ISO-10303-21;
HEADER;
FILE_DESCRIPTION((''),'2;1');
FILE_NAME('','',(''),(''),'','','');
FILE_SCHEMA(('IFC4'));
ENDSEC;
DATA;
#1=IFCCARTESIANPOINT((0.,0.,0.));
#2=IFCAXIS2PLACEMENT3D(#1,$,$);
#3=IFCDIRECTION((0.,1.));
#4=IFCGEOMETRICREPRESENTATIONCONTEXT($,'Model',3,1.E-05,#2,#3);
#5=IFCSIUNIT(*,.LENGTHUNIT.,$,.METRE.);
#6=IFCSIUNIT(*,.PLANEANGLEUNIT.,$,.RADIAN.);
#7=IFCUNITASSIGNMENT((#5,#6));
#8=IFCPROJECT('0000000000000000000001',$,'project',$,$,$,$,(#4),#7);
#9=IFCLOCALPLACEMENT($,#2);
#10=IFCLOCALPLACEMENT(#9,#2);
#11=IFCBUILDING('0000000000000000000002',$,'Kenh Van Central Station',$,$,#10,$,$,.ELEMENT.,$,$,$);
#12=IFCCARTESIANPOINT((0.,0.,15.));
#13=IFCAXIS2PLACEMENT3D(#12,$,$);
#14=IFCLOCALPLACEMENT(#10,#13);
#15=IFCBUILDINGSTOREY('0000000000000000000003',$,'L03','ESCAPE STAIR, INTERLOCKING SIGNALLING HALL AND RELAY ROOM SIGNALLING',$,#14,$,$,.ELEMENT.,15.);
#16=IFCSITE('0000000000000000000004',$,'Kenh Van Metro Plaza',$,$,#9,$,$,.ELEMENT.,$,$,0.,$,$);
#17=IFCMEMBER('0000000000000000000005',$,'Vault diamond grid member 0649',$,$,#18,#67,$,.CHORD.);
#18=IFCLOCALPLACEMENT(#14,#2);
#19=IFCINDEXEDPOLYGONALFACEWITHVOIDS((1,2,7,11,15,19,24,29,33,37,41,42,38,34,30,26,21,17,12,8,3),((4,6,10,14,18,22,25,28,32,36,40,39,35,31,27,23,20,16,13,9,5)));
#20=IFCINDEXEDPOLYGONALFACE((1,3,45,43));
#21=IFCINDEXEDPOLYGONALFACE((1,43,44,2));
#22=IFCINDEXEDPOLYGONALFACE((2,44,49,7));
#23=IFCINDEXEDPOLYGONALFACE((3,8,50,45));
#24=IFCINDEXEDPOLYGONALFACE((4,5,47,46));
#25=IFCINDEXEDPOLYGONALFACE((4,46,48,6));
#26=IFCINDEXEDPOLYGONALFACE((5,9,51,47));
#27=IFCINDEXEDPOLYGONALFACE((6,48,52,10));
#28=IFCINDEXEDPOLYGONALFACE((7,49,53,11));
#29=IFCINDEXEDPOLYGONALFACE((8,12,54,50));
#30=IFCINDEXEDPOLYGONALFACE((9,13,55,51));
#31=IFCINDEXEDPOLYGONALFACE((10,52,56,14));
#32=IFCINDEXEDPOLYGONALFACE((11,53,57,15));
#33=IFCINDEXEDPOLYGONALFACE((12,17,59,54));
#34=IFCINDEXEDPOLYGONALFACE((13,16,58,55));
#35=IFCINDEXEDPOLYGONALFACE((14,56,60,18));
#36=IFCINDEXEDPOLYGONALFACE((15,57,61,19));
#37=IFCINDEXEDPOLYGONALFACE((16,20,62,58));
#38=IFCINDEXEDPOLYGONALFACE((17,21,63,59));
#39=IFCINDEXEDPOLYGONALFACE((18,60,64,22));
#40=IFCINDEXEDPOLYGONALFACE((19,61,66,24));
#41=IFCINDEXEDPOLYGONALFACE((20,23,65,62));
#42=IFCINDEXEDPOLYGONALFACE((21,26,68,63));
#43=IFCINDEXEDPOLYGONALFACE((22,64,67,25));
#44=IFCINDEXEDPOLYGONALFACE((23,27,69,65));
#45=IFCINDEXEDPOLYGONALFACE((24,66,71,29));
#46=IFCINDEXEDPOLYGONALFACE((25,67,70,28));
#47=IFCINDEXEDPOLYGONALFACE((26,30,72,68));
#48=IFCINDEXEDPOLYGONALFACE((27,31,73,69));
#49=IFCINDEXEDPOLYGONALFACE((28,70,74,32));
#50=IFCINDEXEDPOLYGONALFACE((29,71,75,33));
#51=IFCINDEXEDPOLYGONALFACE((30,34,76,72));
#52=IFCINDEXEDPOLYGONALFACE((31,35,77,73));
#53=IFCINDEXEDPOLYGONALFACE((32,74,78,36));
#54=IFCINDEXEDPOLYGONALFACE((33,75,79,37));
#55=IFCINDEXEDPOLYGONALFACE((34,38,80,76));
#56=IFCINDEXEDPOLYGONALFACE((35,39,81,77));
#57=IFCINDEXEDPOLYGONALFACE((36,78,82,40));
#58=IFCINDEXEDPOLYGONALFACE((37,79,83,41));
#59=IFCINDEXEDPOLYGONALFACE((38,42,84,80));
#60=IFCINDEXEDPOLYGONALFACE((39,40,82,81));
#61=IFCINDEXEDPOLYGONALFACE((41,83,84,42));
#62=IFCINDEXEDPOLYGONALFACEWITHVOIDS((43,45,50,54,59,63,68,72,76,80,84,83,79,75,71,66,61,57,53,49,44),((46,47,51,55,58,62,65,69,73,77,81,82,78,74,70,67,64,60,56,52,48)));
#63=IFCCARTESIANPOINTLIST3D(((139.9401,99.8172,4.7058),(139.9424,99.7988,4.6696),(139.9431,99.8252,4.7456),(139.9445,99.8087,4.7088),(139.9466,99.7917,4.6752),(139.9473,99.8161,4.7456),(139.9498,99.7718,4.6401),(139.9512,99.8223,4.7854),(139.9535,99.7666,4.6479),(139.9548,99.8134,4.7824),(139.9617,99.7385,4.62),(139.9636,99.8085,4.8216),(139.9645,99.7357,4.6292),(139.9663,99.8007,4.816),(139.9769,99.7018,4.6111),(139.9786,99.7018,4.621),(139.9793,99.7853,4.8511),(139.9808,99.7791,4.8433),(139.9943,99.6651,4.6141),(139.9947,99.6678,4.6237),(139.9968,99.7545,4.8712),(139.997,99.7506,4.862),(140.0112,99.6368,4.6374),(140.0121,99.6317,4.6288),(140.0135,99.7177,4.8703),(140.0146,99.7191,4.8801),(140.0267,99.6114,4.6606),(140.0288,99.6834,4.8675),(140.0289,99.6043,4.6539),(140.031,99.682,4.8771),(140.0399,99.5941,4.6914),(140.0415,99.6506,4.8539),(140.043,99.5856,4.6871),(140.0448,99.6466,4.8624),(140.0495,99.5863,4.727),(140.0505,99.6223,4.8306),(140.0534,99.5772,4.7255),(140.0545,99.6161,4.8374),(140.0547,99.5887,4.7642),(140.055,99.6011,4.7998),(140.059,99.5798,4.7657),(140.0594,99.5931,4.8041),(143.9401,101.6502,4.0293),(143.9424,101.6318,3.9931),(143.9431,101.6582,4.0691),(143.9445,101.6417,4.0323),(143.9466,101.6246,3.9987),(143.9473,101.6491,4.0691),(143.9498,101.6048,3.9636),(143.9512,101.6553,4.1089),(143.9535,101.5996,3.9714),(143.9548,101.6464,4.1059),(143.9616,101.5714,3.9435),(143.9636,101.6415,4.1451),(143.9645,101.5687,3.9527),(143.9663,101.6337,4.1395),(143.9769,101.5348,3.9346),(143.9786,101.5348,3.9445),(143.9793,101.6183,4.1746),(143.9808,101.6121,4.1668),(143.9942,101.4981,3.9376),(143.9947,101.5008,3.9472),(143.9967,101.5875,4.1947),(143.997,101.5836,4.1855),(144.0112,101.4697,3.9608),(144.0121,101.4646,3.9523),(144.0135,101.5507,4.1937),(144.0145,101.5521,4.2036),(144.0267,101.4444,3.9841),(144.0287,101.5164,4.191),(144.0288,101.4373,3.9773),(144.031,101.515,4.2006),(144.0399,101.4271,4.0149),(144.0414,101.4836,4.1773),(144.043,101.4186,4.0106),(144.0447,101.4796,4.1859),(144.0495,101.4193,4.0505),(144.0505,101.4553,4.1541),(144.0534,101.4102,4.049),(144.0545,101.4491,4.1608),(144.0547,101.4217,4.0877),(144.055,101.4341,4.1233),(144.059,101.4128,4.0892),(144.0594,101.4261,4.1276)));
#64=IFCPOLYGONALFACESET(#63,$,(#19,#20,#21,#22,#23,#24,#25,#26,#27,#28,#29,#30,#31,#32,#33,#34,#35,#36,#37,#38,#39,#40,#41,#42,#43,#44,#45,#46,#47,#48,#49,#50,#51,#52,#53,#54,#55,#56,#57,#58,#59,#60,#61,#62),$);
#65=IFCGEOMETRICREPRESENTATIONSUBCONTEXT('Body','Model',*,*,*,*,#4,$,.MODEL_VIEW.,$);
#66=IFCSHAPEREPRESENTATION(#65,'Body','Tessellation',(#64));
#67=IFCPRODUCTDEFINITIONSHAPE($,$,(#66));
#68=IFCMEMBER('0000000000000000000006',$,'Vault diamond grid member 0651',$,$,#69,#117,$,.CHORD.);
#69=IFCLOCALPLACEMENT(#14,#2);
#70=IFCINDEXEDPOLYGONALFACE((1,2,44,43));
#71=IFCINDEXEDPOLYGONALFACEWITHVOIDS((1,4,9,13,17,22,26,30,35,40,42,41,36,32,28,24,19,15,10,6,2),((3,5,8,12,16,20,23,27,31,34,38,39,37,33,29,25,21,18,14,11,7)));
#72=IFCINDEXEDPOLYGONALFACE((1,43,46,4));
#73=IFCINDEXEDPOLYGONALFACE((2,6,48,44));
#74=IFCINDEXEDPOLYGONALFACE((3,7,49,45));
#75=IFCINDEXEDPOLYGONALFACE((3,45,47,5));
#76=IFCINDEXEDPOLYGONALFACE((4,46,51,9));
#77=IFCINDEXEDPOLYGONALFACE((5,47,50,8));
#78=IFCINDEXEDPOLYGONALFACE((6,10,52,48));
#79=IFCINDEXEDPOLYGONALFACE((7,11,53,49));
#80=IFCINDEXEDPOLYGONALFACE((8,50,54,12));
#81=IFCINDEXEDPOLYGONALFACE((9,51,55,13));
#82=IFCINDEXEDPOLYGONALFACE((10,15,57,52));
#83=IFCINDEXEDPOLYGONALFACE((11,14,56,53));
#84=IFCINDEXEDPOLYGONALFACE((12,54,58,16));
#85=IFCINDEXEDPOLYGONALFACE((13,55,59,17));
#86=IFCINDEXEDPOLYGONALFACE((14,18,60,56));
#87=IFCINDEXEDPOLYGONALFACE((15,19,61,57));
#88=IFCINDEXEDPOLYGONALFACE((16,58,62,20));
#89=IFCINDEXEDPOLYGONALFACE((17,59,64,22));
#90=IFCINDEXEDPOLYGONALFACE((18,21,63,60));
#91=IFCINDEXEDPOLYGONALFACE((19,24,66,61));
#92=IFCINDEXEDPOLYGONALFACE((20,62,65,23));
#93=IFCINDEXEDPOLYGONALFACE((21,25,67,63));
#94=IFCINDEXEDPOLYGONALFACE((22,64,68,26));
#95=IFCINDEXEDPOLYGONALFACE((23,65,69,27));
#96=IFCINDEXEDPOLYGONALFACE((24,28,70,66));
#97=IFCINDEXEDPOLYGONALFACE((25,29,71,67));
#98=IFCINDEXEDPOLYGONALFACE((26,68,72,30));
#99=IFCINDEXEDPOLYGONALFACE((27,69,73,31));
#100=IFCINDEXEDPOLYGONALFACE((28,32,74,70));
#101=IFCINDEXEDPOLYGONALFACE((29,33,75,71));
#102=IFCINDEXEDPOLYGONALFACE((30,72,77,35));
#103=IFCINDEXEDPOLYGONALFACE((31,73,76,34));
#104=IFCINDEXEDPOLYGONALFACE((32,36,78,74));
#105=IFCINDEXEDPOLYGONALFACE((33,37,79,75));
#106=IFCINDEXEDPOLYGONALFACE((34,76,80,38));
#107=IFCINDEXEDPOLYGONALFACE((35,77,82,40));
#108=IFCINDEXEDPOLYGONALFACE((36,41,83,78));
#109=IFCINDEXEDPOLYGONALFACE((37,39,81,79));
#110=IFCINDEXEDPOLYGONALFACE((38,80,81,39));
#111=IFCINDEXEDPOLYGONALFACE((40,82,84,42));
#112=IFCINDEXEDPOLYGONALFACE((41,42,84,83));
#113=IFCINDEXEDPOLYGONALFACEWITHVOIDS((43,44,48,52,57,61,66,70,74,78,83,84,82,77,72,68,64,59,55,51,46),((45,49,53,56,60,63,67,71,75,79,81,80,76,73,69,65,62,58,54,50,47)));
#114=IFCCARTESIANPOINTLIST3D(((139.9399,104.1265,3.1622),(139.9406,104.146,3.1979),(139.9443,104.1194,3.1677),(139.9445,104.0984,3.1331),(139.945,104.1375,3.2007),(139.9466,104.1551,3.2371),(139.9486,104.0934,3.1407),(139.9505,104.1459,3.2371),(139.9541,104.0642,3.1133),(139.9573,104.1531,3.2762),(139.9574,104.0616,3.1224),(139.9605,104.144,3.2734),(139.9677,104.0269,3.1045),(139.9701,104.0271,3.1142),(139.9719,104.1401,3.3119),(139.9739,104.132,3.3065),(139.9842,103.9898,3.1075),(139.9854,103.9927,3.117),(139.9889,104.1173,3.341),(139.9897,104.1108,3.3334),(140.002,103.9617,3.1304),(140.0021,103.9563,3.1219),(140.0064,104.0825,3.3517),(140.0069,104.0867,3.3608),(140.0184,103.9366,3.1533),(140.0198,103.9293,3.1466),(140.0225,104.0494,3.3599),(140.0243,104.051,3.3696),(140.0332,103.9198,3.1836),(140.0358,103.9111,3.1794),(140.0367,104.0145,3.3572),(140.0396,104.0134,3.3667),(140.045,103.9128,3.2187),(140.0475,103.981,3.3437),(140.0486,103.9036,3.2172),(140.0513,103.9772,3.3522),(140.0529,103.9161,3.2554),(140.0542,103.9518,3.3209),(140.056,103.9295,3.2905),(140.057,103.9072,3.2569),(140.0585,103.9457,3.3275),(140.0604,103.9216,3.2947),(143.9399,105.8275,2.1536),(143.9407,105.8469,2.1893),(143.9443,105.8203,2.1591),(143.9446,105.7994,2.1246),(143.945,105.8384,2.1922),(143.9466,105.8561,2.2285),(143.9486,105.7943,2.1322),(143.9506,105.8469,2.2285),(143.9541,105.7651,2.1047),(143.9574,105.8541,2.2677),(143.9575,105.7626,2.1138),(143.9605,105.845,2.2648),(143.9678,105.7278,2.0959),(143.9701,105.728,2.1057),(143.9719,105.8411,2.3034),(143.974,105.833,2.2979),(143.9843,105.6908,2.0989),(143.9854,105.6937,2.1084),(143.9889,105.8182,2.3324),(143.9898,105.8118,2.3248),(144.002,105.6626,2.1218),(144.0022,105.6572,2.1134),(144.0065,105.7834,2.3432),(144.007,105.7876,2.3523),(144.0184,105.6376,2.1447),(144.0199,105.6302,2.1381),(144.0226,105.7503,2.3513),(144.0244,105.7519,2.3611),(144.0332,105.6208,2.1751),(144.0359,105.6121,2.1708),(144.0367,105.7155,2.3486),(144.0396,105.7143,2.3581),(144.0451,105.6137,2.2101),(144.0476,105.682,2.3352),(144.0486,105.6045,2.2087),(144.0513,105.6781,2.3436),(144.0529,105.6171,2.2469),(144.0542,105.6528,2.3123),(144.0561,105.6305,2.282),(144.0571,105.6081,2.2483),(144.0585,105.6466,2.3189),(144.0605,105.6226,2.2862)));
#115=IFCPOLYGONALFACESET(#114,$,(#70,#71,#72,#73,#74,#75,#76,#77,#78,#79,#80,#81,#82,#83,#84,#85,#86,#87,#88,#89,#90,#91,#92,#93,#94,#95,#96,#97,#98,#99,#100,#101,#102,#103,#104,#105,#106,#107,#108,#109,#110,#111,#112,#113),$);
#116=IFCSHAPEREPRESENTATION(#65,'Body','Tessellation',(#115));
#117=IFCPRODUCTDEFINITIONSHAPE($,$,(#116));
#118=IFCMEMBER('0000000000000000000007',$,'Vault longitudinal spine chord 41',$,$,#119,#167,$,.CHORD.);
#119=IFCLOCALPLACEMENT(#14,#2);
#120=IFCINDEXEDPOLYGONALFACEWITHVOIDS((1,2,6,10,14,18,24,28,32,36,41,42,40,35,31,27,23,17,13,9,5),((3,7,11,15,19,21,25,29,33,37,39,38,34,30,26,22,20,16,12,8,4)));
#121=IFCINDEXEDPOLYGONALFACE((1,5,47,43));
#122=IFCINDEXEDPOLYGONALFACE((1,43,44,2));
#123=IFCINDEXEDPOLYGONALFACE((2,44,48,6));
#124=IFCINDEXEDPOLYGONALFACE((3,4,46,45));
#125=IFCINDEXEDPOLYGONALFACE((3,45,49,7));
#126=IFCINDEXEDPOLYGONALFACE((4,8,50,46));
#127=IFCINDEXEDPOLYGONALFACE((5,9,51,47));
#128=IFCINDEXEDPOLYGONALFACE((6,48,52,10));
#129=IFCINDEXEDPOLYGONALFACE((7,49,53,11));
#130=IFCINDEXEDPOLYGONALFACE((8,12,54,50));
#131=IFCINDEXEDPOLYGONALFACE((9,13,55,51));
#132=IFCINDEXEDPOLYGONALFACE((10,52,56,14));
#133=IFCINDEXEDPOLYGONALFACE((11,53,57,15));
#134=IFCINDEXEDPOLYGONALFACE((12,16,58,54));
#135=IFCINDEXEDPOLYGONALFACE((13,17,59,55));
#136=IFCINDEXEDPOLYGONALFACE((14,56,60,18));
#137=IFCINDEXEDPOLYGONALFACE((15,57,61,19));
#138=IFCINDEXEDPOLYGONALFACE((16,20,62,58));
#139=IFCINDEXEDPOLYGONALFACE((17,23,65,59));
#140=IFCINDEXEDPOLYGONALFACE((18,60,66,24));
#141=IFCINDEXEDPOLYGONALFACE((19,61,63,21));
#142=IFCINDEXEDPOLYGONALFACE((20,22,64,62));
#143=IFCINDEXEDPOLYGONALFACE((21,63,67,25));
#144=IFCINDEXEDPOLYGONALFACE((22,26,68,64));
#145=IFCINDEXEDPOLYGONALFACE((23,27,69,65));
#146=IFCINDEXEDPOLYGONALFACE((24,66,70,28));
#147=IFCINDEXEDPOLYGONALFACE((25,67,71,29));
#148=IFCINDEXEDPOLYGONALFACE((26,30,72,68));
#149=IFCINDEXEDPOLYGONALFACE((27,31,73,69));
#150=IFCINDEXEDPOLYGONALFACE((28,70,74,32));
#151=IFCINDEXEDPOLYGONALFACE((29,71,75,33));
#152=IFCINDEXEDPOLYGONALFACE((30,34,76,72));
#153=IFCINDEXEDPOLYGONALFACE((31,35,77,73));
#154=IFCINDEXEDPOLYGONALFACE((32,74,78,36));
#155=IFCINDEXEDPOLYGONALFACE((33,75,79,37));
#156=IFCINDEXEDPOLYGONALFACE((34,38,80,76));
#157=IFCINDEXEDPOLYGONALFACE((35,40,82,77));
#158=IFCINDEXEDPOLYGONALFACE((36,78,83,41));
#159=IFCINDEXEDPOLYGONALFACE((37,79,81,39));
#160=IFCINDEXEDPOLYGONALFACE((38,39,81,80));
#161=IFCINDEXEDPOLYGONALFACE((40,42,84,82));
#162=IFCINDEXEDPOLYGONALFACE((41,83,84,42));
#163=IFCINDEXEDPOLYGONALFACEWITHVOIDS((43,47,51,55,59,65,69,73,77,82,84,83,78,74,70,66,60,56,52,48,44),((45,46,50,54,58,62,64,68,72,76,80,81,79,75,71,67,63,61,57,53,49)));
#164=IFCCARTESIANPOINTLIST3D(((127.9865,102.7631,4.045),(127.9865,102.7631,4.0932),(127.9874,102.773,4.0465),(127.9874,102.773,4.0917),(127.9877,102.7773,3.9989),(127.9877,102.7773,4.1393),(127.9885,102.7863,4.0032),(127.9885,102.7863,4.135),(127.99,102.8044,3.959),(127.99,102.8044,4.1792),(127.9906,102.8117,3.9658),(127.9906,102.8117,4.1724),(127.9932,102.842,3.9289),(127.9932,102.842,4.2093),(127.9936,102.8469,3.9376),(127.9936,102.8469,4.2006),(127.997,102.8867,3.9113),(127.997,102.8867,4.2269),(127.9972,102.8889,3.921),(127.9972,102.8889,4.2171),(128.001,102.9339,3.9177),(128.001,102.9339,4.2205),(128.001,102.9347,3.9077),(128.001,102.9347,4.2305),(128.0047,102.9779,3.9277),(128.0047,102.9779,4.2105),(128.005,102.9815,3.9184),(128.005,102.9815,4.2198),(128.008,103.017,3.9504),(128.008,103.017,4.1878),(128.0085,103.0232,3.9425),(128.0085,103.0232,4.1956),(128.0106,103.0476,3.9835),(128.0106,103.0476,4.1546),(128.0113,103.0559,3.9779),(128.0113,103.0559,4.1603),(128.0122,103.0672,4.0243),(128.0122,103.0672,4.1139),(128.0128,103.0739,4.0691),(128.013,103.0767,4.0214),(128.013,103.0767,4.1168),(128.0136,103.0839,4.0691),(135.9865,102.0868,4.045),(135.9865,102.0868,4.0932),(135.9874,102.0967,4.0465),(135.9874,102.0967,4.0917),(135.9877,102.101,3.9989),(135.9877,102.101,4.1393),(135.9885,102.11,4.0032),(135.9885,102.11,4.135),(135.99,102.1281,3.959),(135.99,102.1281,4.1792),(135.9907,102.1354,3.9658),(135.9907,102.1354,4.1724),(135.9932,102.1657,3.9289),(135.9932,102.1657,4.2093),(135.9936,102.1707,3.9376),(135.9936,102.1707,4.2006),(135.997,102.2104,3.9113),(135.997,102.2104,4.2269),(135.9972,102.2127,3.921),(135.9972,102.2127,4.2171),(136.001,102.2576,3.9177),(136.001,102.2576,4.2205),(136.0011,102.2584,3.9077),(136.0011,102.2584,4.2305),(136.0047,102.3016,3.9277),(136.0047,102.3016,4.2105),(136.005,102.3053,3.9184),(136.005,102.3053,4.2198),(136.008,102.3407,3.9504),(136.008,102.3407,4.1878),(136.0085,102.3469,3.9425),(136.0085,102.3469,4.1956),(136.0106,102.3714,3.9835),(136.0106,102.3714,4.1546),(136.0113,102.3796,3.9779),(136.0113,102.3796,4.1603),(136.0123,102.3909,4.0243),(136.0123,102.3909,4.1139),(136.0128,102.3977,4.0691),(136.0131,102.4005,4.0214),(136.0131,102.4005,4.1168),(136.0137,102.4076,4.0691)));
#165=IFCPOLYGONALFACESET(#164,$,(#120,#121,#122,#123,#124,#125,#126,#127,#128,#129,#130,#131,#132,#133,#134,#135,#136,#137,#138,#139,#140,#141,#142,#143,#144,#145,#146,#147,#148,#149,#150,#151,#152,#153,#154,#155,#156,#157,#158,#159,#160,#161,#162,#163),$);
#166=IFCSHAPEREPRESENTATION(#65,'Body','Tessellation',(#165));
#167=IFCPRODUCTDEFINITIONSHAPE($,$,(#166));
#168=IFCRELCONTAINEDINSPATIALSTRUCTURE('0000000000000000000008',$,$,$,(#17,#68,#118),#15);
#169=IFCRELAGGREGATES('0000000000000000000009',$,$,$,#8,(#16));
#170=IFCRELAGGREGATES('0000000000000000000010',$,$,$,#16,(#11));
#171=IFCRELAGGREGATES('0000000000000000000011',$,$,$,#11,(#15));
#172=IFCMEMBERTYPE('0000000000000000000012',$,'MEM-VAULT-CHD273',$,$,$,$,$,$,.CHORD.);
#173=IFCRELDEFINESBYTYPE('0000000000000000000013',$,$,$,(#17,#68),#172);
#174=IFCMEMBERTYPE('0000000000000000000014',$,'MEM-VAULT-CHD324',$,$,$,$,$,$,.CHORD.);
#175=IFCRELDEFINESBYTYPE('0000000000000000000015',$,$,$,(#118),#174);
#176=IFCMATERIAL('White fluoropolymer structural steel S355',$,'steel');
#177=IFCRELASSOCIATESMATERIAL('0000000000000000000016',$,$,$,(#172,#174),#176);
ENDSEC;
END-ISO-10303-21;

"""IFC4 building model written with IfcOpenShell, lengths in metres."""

from ifc_helpers import new_model, si_unit, direction, frame, origin, origin_2d, place, context, subcontext, project, spatial, hollow_circle, extrude, material, material_profile, profile_set, type_object, element, save


model = new_model("IFC4")

# Units and contexts
model_context = context("Model", 3, precision=1e-05, world=origin(), true_north=direction((0.0, 1.0)))
body_context = subcontext(model_context, "Body", "Model", "MODEL_VIEW")
ifc_project = project(units=[si_unit("LENGTHUNIT", "METRE"), si_unit("PLANEANGLEUNIT", "RADIAN")], contexts=[model_context])

# Site, building, storey
site_placement = place(None, origin())
site = spatial("IfcSite", under=ifc_project, at=site_placement, Name="Kenh Van Metro Plaza", CompositionType="ELEMENT", RefElevation=0.0)
building_placement = place(site_placement, origin())
building = spatial("IfcBuilding", under=site, at=building_placement, Name="Kenh Van Central Station", CompositionType="ELEMENT")
storey_placement = place(building_placement, frame((0.0, 0.0, 15.0)))
storey = spatial("IfcBuildingStorey", under=building, at=storey_placement, Name="L03", Description="ESCAPE STAIR, INTERLOCKING SIGNALLING HALL AND RELAY ROOM SIGNALLING", CompositionType="ELEMENT", Elevation=15.0)

# Shared definitions
ifc_material_1 = material(Name="White fluoropolymer structural steel S355", Category="steel")

# Members
ifc_material_profile_1 = material_profile(ifc_material_1, hollow_circle(Radius=0.1365, WallThickness=0.01, at=origin_2d()), Name="CHS 273x10")
ifc_profile_set_1 = profile_set([ifc_material_profile_1], Name="White fluoropolymer structural steel S355")
member_type_1 = type_object("IfcMemberType", Name="MEM-VAULT-CHD273", PredefinedType="CHORD", material=ifc_profile_set_1)
member_1_placement = place(storey_placement, frame((140.0, 99.7012, 4.7456), z_axis=(0.898534, 0.411755, -0.151968), x_axis=(-0.416594, 0.909093, 0.0)))
element("IfcMember", 1, at=member_1_placement, inside=storey, type_object=member_type_1, Name="Vault diamond grid member 0649", PredefinedType="CHORD", context=body_context, shape_type="SweptSolid", body=[
    extrude(hollow_circle(Radius=0.1365, WallThickness=0.01, at=origin_2d()), origin(), (0.0, 0.0, 1.0), 4.4517),
])
member_2_placement = place(storey_placement, frame((140.0, 104.0295, 3.2371), z_axis=(0.896439, 0.381195, -0.226025), x_axis=(-0.391321, 0.920254, 0.0)))
element("IfcMember", 2, at=member_2_placement, inside=storey, type_object=member_type_1, Name="Vault diamond grid member 0651", PredefinedType="CHORD", context=body_context, shape_type="SweptSolid", body=[
    extrude(hollow_circle(Radius=0.1365, WallThickness=0.01, at=origin_2d()), origin(), (0.0, 0.0, 1.0), 4.4622),
])
ifc_material_profile_2 = material_profile(ifc_material_1, hollow_circle(Radius=0.1619, WallThickness=0.01, at=origin_2d()), Name="CHS 323.9x10")
ifc_profile_set_2 = profile_set([ifc_material_profile_2], Name="White fluoropolymer structural steel S355")
member_type_2 = type_object("IfcMemberType", Name="MEM-VAULT-CHD324", PredefinedType="CHORD", material=ifc_profile_set_2)
member_3_placement = place(storey_placement, frame((128.0, 102.9226, 4.0691), z_axis=(0.996446, -0.084233, 0.0), x_axis=(0.084233, 0.996446, 0.0)))
element("IfcMember", 3, at=member_3_placement, inside=storey, type_object=member_type_2, Name="Vault longitudinal spine chord 41", PredefinedType="CHORD", context=body_context, shape_type="SweptSolid", body=[
    extrude(hollow_circle(Radius=0.1619, WallThickness=0.01, at=origin_2d()), origin(), (0.0, 0.0, 1.0), 8.0286),
])

save(model, "model.ifc")
